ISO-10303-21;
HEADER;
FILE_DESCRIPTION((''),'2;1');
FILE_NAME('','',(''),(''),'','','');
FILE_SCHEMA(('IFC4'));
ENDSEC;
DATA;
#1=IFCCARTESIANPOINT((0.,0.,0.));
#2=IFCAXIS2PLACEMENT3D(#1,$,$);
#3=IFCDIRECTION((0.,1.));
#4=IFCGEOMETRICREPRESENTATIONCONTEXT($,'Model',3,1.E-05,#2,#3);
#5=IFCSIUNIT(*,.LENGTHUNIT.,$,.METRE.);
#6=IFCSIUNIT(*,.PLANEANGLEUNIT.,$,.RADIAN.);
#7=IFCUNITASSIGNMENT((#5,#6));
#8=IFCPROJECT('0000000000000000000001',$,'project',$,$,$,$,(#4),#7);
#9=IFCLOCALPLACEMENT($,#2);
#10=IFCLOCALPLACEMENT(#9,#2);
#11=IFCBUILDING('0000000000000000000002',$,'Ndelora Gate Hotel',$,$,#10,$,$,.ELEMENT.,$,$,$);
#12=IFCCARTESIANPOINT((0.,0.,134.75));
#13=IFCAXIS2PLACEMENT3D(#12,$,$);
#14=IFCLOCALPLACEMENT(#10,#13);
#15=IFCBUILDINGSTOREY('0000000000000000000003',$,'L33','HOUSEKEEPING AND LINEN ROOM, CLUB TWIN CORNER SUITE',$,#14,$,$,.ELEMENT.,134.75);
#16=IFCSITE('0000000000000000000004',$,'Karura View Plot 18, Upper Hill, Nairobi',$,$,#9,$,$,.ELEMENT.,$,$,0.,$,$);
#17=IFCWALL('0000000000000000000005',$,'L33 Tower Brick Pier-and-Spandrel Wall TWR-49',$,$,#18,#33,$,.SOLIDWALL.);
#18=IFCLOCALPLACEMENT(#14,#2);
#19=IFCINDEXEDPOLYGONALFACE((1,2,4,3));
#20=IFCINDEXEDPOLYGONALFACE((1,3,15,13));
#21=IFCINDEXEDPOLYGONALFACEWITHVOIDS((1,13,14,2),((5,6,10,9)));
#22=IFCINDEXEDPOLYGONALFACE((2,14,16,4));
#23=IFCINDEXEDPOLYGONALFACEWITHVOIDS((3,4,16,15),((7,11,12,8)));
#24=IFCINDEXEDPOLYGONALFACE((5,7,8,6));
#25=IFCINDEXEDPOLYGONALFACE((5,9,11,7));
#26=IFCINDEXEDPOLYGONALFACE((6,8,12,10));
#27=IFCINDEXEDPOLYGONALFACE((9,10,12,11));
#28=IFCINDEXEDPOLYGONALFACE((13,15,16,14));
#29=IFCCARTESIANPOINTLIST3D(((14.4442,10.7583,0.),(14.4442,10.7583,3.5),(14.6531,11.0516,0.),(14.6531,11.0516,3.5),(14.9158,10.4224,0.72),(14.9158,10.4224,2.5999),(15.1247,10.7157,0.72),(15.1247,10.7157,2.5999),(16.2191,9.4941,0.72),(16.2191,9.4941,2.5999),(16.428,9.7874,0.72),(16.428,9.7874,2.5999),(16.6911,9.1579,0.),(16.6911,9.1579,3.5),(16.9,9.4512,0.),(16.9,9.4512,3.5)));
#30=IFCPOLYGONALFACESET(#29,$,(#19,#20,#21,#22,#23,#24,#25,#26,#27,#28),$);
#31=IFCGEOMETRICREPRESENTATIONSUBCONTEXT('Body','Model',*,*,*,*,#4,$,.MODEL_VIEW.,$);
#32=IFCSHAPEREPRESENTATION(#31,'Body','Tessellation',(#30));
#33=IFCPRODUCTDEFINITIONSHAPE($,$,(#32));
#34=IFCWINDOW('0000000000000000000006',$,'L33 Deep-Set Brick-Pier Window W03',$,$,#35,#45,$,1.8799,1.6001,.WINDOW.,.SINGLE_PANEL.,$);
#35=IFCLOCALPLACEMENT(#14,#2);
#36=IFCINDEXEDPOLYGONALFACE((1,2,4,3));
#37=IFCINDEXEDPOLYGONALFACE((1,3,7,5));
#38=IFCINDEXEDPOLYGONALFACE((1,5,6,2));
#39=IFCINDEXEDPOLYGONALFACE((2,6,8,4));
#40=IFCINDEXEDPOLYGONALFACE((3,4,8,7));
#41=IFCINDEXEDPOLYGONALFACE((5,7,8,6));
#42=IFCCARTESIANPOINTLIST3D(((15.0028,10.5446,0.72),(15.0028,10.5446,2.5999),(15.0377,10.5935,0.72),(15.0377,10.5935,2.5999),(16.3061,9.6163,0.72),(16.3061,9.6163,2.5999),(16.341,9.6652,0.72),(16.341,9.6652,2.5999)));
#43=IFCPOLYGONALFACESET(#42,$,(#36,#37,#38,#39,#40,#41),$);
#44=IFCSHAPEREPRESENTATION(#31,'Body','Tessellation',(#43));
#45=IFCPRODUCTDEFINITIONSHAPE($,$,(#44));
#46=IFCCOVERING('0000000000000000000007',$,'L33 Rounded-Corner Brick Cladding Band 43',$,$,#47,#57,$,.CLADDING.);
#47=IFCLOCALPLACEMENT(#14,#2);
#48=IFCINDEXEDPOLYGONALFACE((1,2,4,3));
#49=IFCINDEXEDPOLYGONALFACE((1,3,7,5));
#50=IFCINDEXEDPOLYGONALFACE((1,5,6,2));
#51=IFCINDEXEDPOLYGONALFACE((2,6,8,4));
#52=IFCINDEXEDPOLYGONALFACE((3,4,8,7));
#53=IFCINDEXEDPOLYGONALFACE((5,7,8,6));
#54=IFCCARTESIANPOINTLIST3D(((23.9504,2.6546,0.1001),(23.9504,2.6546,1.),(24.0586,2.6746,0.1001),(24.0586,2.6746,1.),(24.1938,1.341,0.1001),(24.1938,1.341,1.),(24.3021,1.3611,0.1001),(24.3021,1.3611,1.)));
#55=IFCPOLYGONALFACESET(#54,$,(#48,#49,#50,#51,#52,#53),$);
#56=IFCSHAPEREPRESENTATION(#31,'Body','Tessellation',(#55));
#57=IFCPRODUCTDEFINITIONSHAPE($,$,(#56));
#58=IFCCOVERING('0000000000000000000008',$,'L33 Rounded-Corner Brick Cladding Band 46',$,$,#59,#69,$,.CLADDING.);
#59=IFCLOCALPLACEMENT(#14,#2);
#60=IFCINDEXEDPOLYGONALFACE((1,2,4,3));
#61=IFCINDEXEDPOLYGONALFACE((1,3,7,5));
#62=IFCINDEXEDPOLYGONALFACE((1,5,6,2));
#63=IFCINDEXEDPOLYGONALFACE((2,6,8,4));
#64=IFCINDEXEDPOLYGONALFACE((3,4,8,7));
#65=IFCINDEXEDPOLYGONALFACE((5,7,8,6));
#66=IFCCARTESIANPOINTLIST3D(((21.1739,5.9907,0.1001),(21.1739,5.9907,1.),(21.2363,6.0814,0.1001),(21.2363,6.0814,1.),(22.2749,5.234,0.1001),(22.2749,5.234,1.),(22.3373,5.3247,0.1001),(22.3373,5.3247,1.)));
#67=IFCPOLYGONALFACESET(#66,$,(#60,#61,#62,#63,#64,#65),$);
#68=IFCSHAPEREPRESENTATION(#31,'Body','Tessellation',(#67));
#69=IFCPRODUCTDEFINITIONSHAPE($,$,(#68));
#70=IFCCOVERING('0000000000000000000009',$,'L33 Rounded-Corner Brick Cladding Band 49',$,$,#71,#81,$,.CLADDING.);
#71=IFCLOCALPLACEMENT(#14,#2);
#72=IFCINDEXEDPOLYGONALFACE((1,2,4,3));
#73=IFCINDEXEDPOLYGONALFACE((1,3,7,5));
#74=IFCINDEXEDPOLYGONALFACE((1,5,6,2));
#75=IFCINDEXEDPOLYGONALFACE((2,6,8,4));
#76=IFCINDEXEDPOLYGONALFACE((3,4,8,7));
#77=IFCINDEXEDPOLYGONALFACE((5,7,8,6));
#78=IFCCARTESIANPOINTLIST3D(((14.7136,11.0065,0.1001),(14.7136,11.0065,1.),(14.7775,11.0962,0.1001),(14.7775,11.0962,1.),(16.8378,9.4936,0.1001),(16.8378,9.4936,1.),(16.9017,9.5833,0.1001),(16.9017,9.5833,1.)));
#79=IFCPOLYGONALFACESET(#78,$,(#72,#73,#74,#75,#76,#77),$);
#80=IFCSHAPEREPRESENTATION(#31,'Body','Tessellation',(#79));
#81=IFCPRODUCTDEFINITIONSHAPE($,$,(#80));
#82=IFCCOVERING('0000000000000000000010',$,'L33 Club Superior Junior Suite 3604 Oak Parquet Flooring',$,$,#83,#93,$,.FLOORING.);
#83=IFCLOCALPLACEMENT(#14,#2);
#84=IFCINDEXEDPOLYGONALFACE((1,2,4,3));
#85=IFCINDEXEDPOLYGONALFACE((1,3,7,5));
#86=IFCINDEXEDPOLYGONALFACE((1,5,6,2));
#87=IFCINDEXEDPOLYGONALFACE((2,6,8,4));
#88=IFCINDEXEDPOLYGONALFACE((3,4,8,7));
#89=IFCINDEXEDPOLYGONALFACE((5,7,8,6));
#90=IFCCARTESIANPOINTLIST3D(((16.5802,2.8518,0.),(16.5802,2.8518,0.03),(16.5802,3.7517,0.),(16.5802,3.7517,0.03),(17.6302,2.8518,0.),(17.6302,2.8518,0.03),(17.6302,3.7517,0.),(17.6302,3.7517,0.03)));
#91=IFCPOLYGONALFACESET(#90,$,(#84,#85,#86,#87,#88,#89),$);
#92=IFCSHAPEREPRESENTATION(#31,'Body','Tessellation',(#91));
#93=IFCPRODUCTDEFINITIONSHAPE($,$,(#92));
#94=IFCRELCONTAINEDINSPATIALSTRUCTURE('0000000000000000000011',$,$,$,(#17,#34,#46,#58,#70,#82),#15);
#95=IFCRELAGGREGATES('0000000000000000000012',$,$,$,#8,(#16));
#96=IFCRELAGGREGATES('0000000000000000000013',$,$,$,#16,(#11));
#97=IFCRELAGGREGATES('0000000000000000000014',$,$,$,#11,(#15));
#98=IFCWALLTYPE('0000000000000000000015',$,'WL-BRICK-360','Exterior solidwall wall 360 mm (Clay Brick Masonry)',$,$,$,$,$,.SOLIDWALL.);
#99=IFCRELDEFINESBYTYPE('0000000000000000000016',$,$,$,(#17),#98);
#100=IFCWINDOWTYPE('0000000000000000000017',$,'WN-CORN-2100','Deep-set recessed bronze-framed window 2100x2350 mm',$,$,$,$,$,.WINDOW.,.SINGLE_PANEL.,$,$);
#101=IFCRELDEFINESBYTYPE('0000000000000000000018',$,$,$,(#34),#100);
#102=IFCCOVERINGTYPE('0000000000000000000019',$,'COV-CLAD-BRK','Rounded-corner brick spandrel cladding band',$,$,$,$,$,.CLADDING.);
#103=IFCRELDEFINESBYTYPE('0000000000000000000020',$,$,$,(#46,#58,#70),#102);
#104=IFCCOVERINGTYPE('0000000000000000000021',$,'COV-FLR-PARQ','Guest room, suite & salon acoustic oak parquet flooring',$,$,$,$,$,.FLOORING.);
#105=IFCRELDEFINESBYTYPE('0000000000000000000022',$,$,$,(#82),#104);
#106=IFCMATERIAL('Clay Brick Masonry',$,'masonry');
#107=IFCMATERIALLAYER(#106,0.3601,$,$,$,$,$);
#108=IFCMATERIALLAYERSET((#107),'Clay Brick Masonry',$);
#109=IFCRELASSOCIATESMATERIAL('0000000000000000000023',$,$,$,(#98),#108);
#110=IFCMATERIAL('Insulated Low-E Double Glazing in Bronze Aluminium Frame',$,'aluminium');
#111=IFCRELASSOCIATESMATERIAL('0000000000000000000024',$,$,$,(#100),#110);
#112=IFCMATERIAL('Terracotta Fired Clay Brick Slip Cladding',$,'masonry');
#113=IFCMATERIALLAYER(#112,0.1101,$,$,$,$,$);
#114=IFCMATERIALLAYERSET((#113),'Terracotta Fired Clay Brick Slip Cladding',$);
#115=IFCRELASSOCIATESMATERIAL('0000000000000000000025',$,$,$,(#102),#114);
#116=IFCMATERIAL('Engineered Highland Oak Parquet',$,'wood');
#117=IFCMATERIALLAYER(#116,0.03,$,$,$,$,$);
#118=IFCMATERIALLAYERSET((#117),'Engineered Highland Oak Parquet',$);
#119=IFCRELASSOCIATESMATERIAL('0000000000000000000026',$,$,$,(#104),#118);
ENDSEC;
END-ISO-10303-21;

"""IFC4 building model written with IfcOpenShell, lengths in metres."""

from ifc_helpers import new_model, si_unit, direction, frame, frame_2d, origin, origin_2d, place, context, subcontext, project, spatial, rectangle, extrude, material, layer, layer_set, type_object, element, fill, save


model = new_model("IFC4")

# Units and contexts
model_context = context("Model", 3, precision=1e-05, world=origin(), true_north=direction((0.0, 1.0)))
body_context = subcontext(model_context, "Body", "Model", "MODEL_VIEW")
ifc_project = project(units=[si_unit("LENGTHUNIT", "METRE"), si_unit("PLANEANGLEUNIT", "RADIAN")], contexts=[model_context])

# Site, building, storey
site_placement = place(None, origin())
site = spatial("IfcSite", under=ifc_project, at=site_placement, Name="Karura View Plot 18, Upper Hill, Nairobi", CompositionType="ELEMENT", RefElevation=0.0)
building_placement = place(site_placement, origin())
building = spatial("IfcBuilding", under=site, at=building_placement, Name="Ndelora Gate Hotel", CompositionType="ELEMENT")
storey_placement = place(building_placement, frame((0.0, 0.0, 134.75)))
storey = spatial("IfcBuildingStorey", under=building, at=storey_placement, Name="L33", Description="HOUSEKEEPING AND LINEN ROOM, CLUB TWIN CORNER SUITE", CompositionType="ELEMENT", Elevation=134.75)

# Shared definitions
ifc_material_1 = material(Name="Clay Brick Masonry", Category="masonry")
ifc_layer_1 = layer(ifc_material_1, 0.3601)
ifc_layer_set_1 = layer_set([ifc_layer_1], Name="Clay Brick Masonry")
wall_type = type_object("IfcWallType", Name="WL-BRICK-360", Description="Exterior solidwall wall 360 mm (Clay Brick Masonry)", PredefinedType="SOLIDWALL", material=ifc_layer_set_1)

# Shared definitions
ifc_material_2 = material(Name="Insulated Low-E Double Glazing in Bronze Aluminium Frame", Category="aluminium")

# Wall, opening, window
wall_1_placement = place(storey_placement, frame((14.5486, 10.905, 0.0), z_axis=(0.0, 0.0, 1.0), x_axis=(0.81451, -0.580149, 0.0)))
wall_1 = element("IfcWall", 1, at=wall_1_placement, inside=storey, type_object=wall_type, Name="L33 Tower Brick Pier-and-Spandrel Wall TWR-49", PredefinedType="SOLIDWALL", context=body_context, shape_type="SweptSolid", body=[
    extrude(rectangle(XDim=2.7585, YDim=0.3601, at=frame_2d((1.3794, 0.0))), origin(), (0.0, 0.0, 1.0), 3.5),
])
opening_1_placement = place(wall_1_placement, frame((0.5791, 0.0, 0.72)))
opening_1 = element("IfcOpeningElement", 2, at=opening_1_placement, cuts=wall_1, PredefinedType="OPENING", context=body_context, shape_type="SweptSolid", body=[
    extrude(rectangle(XDim=1.6001, YDim=1.8799, at=frame_2d((0.8, 0.9399))), frame((0.0, 0.1899, 0.0), z_axis=(0.0, -1.0, 0.0), x_axis=(1.0, 0.0, 0.0)), (0.0, 0.0, 1.0), 0.3801),
])
window_type_1 = type_object("IfcWindowType", Name="WN-CORN-2100", Description="Deep-set recessed bronze-framed window 2100x2350 mm", PartitioningType="SINGLE_PANEL", PredefinedType="WINDOW", material=ifc_material_2)
window_1_placement = place(opening_1_placement, origin())
window_1 = element("IfcWindow", 3, at=window_1_placement, inside=storey, type_object=window_type_1, Name="L33 Deep-Set Brick-Pier Window W03", OverallHeight=1.8799, OverallWidth=1.6001, PartitioningType="SINGLE_PANEL", PredefinedType="WINDOW", context=body_context, shape_type="SweptSolid", body=[
    extrude(rectangle(XDim=1.6001, YDim=1.8799, at=frame_2d((0.8, 0.9399))), frame((0.0, 0.03, 0.0), z_axis=(0.0, -1.0, 0.0), x_axis=(1.0, 0.0, 0.0)), (0.0, 0.0, 1.0), 0.0601),
])
fill(opening_1, window_1)

# Coverings
ifc_material_3 = material(Name="Terracotta Fired Clay Brick Slip Cladding", Category="masonry")
ifc_layer_2 = layer(ifc_material_3, 0.1101)
ifc_layer_set_2 = layer_set([ifc_layer_2], Name="Terracotta Fired Clay Brick Slip Cladding")
covering_type_1 = type_object("IfcCoveringType", Name="COV-CLAD-BRK", Description="Rounded-corner brick spandrel cladding band", PredefinedType="CLADDING", material=ifc_layer_set_2)
for number, where, z_axis, x_axis, name in (
    (4, (24.1262, 2.0078, 0.1001), (0.0, 0.0, 1.0), (-0.182236, 0.983255, 0.0), "L33 Rounded-Corner Brick Cladding Band 43"),
    (5, (21.7556, 5.6577, 0.1001), (0.0, 0.0, 1.0), (-0.824126, 0.566406, 0.0), "L33 Rounded-Corner Brick Cladding Band 46"),
):
    element("IfcCovering", number, at=place(storey_placement, frame(where, z_axis=z_axis, x_axis=x_axis)), inside=storey, type_object=covering_type_1, Name=name, PredefinedType="CLADDING", context=body_context, shape_type="SweptSolid", body=[
        extrude(rectangle(XDim=1.3359, YDim=0.1101, at=origin_2d()), origin(), (0.0, 0.0, 1.0), 0.8999),
    ])
covering_1_placement = place(storey_placement, frame((15.8076, 10.2949, 0.1001), z_axis=(0.0, 0.0, 1.0), x_axis=(-0.814521, 0.580134, 0.0)))
element("IfcCovering", 6, at=covering_1_placement, inside=storey, type_object=covering_type_1, Name="L33 Rounded-Corner Brick Cladding Band 49", PredefinedType="CLADDING", context=body_context, shape_type="SweptSolid", body=[
    extrude(rectangle(XDim=2.6079, YDim=0.1101, at=origin_2d()), origin(), (0.0, 0.0, 1.0), 0.8999),
])
ifc_material_4 = material(Name="Engineered Highland Oak Parquet", Category="wood")
ifc_layer_3 = layer(ifc_material_4, 0.03)
ifc_layer_set_3 = layer_set([ifc_layer_3], Name="Engineered Highland Oak Parquet")
covering_type_2 = type_object("IfcCoveringType", Name="COV-FLR-PARQ", Description="Guest room, suite & salon acoustic oak parquet flooring", PredefinedType="FLOORING", material=ifc_layer_set_3)
covering_2_placement = place(storey_placement, frame((17.1052, 3.3018, 0.0), z_axis=(0.0, 0.0, 1.0), x_axis=(1.0, 0.0, 0.0)))
element("IfcCovering", 7, at=covering_2_placement, inside=storey, type_object=covering_type_2, Name="L33 Club Superior Junior Suite 3604 Oak Parquet Flooring", PredefinedType="FLOORING", context=body_context, shape_type="SweptSolid", body=[
    extrude(rectangle(XDim=1.05, YDim=0.8999, at=origin_2d()), origin(), (0.0, 0.0, 1.0), 0.03),
])

save(model, "model.ifc")
